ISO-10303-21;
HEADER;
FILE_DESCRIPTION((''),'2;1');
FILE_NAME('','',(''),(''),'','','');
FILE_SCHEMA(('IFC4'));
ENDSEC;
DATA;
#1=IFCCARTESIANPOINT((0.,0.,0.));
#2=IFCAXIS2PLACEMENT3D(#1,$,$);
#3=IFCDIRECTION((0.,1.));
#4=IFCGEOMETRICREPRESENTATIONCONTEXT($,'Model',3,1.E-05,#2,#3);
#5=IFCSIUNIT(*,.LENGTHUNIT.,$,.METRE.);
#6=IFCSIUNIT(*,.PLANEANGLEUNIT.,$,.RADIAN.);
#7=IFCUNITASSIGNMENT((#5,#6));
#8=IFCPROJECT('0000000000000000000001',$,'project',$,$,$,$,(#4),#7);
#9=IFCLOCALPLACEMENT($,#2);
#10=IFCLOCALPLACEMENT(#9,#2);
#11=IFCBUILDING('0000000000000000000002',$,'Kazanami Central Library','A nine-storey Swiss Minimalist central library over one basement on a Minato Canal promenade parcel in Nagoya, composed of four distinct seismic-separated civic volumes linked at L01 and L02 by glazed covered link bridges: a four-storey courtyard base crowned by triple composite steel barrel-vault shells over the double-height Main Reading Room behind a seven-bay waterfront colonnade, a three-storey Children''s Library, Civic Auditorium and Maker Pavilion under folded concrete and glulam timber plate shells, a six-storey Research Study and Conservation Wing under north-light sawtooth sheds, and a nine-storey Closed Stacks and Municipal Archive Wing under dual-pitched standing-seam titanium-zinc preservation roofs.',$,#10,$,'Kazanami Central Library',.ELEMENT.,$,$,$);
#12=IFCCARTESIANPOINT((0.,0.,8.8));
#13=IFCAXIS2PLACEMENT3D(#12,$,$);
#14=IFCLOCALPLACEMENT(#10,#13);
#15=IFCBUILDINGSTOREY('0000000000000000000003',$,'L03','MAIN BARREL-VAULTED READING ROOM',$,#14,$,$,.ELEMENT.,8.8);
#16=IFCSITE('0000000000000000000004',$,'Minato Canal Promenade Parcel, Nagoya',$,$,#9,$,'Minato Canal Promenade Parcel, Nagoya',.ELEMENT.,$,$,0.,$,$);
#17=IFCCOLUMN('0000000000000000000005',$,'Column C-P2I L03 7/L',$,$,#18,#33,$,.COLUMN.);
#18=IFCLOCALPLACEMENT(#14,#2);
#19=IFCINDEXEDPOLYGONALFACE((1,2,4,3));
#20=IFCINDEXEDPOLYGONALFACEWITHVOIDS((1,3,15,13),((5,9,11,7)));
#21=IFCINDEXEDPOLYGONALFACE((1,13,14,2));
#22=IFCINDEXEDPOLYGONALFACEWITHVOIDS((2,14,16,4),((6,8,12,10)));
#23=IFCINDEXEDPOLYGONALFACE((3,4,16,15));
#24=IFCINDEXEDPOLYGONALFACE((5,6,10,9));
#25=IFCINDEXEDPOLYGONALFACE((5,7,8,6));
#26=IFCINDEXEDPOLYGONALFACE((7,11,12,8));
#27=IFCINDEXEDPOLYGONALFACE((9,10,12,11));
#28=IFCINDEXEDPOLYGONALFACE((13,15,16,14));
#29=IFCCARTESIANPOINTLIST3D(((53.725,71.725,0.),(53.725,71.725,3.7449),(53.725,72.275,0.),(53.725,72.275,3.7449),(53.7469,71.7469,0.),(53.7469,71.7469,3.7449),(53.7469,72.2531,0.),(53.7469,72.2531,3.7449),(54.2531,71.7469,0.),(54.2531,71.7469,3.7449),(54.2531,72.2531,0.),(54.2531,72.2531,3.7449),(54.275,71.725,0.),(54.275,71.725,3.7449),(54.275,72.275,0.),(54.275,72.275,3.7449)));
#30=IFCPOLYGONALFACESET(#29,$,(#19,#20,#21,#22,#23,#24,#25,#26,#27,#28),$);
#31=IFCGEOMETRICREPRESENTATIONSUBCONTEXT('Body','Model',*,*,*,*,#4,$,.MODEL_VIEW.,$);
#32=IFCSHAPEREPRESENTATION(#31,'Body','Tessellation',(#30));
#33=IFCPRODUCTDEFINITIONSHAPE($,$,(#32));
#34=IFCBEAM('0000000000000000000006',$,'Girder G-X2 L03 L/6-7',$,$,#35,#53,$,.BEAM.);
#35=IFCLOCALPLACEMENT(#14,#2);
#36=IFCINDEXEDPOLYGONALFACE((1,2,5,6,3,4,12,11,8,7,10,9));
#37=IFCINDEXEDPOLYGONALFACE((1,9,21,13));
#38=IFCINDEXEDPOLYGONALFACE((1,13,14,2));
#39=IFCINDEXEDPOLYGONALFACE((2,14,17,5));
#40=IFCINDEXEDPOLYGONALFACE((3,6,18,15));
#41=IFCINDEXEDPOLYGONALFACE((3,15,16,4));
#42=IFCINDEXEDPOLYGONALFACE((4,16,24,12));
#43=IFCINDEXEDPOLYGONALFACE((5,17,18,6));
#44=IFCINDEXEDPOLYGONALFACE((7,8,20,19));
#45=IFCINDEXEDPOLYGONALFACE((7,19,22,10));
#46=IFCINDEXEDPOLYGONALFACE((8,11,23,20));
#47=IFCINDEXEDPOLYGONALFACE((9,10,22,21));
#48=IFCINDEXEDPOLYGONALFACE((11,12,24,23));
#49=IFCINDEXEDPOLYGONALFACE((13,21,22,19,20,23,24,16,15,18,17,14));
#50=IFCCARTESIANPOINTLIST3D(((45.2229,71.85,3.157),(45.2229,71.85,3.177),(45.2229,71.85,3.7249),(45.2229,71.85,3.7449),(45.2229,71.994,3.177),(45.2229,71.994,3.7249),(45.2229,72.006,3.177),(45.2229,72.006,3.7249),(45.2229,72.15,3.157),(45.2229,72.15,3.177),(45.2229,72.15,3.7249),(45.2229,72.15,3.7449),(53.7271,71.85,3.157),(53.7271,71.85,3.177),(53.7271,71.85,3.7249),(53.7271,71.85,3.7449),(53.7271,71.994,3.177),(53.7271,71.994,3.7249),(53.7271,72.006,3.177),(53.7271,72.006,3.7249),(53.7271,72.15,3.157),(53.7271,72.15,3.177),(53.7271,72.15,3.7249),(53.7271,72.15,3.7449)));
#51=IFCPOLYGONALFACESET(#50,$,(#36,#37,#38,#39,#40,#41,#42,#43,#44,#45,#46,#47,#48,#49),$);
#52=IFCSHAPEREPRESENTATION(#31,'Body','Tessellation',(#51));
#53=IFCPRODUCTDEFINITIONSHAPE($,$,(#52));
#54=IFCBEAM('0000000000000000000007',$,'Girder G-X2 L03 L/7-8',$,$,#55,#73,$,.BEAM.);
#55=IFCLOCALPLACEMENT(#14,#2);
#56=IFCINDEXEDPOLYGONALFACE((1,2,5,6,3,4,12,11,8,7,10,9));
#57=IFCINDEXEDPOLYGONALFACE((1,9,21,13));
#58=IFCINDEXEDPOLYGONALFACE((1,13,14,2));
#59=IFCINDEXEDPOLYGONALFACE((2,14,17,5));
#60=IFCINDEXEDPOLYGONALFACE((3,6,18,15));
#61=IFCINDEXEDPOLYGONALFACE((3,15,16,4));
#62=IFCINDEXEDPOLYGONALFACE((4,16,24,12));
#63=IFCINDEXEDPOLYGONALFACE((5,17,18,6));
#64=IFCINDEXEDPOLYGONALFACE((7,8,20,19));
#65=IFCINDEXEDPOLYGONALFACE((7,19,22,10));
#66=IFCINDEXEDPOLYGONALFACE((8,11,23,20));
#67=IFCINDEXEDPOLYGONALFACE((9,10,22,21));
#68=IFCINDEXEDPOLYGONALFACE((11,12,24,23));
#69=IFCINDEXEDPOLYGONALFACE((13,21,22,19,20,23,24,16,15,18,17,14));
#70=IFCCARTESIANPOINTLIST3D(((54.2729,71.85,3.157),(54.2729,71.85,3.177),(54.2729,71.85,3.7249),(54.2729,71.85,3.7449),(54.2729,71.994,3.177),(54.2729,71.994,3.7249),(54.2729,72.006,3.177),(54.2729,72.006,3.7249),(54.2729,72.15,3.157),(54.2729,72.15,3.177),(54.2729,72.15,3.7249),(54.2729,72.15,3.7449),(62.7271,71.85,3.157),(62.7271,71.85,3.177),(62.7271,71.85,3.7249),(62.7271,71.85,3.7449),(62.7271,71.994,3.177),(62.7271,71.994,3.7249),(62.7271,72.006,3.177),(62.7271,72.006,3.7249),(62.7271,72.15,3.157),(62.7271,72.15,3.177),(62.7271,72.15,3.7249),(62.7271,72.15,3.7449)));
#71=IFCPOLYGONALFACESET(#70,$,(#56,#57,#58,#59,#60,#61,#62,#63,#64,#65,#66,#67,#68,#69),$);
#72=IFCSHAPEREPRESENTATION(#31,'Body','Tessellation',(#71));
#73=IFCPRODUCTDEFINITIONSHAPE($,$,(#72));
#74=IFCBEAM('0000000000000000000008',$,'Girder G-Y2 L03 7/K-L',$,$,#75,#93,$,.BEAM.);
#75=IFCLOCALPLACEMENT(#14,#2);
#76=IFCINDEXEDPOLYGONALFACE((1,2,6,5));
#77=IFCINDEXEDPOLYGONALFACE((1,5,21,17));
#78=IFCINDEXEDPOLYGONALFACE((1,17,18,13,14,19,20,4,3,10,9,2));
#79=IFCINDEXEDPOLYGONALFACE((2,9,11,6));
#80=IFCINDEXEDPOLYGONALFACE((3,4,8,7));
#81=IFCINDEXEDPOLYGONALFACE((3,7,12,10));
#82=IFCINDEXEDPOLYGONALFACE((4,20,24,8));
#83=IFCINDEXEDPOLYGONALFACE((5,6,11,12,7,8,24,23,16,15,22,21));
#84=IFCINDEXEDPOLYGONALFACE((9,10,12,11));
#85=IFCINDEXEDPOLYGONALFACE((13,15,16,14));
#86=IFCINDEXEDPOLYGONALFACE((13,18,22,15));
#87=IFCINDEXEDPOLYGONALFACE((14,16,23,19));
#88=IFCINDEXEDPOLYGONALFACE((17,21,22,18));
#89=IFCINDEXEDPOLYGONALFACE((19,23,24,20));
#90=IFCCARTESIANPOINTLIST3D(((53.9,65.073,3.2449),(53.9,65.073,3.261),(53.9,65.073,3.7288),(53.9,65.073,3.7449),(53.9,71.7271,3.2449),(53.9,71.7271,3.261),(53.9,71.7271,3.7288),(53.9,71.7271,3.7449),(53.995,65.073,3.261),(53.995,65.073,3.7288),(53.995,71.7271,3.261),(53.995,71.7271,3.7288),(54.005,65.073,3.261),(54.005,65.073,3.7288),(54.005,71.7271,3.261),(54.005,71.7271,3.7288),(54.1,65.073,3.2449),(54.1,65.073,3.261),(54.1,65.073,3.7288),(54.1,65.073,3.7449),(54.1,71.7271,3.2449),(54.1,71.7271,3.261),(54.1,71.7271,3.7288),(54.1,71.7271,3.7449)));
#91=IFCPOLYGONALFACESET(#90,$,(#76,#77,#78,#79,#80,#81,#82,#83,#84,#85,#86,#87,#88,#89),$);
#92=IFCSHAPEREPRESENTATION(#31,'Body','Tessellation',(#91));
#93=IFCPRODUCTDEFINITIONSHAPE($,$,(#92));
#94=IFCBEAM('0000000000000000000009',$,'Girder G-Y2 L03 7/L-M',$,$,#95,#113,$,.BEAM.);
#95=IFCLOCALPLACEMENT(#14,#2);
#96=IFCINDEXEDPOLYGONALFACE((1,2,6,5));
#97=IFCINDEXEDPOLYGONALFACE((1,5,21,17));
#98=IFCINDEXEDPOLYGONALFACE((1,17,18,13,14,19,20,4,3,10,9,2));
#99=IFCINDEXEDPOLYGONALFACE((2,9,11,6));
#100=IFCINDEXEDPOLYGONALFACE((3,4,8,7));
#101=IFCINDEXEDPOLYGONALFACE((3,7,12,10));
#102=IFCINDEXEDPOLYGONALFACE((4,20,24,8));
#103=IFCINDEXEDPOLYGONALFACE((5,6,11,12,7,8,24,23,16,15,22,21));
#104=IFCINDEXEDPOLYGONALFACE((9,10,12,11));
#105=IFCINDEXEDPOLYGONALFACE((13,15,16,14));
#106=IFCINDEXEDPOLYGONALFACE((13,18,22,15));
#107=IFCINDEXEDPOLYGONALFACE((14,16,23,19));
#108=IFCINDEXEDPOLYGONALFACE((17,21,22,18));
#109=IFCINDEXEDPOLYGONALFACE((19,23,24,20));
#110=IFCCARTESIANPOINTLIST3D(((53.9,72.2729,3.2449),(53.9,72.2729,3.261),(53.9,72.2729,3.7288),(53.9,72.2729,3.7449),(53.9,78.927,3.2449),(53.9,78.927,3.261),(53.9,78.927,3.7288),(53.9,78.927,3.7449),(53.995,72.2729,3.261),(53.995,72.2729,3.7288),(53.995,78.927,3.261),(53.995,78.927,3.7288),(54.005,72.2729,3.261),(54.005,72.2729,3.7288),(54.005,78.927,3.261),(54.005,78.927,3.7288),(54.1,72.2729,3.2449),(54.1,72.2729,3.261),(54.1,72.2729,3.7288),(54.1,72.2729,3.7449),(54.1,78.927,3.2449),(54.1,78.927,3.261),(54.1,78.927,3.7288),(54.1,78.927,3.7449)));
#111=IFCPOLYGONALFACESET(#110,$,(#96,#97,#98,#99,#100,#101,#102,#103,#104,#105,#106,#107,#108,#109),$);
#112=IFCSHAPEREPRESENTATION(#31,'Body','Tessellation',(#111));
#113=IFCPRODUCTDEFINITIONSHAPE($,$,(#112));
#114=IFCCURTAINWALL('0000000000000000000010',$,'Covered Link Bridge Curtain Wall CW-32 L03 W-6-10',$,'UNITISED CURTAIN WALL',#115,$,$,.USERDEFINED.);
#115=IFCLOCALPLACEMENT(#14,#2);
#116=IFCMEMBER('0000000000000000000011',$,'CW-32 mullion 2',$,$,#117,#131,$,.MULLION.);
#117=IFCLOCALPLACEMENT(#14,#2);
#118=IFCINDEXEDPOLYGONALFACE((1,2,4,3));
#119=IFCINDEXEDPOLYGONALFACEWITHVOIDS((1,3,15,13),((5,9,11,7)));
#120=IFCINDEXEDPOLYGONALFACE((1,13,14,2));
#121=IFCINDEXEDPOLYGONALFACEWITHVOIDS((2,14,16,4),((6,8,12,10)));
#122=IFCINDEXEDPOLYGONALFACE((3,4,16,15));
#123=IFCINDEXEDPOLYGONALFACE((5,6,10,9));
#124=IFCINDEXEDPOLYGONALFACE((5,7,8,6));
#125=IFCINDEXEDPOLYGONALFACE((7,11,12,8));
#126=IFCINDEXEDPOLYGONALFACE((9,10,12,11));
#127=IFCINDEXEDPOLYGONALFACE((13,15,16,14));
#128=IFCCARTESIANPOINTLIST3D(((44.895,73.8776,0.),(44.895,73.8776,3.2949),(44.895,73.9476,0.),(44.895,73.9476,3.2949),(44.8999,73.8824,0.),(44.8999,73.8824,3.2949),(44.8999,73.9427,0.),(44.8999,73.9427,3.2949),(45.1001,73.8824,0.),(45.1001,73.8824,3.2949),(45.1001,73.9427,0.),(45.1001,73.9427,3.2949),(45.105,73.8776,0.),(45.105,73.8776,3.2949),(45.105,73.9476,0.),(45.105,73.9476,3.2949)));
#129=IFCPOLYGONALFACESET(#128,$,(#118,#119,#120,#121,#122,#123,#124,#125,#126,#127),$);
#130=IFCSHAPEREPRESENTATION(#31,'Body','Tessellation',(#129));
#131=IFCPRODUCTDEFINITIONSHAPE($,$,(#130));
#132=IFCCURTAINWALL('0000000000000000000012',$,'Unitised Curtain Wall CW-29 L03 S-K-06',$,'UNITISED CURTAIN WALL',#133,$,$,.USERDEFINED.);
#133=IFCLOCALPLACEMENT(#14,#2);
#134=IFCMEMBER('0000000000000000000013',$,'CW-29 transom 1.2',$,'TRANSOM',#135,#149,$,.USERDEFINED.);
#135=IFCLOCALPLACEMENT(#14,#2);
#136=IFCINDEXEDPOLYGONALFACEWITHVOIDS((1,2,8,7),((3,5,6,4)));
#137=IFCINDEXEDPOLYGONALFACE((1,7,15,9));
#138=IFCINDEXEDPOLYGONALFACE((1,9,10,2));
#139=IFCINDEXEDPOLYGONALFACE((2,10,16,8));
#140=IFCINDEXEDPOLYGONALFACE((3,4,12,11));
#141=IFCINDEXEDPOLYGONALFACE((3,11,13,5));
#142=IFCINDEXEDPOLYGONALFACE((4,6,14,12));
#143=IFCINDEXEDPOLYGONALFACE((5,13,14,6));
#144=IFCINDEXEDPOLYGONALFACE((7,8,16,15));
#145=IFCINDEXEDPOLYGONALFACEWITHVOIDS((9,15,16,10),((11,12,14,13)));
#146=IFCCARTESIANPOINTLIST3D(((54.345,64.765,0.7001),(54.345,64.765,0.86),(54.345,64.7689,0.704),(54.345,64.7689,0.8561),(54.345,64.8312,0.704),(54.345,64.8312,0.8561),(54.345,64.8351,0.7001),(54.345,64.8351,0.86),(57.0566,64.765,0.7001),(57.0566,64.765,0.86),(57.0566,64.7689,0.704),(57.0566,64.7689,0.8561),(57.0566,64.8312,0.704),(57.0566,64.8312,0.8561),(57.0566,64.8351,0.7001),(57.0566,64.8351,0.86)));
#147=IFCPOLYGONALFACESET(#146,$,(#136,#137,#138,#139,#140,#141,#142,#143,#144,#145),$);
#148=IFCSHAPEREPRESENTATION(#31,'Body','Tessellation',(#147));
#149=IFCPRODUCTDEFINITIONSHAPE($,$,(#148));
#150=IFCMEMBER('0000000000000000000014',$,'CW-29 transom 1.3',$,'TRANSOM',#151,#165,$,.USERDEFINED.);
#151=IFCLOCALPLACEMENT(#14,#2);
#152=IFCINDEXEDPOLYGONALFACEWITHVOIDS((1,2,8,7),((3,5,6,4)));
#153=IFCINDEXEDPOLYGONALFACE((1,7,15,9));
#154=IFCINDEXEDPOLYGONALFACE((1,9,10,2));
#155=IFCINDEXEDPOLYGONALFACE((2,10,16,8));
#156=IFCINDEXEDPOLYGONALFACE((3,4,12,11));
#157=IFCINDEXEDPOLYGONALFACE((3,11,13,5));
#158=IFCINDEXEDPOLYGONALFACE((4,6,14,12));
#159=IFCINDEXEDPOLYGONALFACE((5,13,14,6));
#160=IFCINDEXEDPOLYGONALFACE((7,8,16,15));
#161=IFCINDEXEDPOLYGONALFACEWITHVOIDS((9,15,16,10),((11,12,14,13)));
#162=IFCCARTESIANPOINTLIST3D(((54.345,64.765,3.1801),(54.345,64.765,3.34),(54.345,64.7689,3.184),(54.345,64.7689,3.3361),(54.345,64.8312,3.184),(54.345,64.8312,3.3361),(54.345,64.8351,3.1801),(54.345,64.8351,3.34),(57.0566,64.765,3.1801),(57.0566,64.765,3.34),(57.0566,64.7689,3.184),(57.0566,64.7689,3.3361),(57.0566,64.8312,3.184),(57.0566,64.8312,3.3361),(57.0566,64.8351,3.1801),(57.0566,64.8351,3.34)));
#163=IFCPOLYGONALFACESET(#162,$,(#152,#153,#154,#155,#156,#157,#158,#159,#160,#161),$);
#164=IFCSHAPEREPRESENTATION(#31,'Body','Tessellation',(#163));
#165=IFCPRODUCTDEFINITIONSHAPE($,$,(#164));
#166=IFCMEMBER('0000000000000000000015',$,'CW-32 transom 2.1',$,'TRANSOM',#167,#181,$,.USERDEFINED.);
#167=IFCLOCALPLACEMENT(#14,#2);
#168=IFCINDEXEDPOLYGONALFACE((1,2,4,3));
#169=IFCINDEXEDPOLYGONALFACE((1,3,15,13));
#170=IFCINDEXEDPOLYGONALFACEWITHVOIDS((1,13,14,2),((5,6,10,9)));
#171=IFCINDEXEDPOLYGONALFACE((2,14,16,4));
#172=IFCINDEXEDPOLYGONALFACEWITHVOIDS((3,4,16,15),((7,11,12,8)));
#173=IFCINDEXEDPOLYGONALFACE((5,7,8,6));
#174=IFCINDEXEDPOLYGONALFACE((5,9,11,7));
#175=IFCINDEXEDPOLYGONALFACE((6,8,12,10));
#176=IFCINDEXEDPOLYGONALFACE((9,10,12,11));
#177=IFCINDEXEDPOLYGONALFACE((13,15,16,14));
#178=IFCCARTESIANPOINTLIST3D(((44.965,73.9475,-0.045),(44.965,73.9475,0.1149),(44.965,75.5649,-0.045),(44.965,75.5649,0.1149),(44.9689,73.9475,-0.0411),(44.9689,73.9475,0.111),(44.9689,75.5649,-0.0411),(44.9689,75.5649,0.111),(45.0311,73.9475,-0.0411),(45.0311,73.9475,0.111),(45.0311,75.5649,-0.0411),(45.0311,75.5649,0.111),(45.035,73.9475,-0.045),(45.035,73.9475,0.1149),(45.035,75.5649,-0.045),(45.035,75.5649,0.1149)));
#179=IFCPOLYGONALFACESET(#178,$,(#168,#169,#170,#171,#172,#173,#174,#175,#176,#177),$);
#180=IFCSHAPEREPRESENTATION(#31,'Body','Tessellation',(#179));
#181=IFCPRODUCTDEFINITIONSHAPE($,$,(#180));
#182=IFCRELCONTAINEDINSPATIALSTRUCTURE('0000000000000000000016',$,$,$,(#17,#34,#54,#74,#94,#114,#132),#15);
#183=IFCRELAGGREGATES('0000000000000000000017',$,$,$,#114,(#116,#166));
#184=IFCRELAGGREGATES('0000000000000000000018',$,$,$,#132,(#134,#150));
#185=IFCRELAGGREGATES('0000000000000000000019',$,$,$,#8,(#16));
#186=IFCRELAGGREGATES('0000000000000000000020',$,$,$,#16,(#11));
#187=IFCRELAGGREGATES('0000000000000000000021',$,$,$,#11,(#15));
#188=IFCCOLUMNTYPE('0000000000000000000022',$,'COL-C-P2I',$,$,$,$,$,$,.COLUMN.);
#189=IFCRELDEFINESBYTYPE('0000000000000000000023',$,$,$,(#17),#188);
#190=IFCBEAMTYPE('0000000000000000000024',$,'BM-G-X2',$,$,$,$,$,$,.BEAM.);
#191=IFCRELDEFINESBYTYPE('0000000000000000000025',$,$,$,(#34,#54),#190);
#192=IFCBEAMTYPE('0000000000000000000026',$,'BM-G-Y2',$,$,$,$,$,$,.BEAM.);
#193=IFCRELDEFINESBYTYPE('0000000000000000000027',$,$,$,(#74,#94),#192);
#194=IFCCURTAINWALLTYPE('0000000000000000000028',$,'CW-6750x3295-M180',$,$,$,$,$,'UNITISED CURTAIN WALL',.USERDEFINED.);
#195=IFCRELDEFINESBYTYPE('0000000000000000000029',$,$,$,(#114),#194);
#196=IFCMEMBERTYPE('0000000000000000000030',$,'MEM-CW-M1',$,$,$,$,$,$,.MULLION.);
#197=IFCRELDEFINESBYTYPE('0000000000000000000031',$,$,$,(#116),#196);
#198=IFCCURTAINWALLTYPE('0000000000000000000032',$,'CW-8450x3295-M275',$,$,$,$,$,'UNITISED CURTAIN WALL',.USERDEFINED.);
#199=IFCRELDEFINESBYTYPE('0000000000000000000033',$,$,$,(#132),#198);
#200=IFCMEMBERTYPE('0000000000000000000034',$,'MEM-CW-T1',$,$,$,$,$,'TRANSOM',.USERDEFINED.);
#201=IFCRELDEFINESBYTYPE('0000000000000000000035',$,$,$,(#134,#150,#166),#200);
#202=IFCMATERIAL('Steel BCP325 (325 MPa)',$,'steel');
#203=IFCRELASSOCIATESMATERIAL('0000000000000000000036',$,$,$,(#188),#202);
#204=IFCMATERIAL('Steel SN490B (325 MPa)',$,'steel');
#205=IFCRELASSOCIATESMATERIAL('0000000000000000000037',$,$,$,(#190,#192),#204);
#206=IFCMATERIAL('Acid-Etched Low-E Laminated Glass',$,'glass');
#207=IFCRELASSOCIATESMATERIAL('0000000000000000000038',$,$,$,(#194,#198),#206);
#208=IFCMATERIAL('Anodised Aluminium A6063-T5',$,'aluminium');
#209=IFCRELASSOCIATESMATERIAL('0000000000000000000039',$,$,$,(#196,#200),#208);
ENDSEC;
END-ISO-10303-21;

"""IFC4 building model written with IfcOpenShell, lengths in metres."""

from ifc_helpers import new_model, si_unit, direction, frame, origin, origin_2d, place, context, subcontext, project, spatial, hollow_rectangle, i_section, extrude, material, material_profile, profile_set, type_object, element, aggregate, save


model = new_model("IFC4")

# Units and contexts
model_context = context("Model", 3, precision=1e-05, world=origin(), true_north=direction((0.0, 1.0)))
body_context = subcontext(model_context, "Body", "Model", "MODEL_VIEW")
ifc_project = project(units=[si_unit("LENGTHUNIT", "METRE"), si_unit("PLANEANGLEUNIT", "RADIAN")], contexts=[model_context])

# Site, building, storey
site_placement = place(None, origin())
site = spatial("IfcSite", under=ifc_project, at=site_placement, Name="Minato Canal Promenade Parcel, Nagoya", LongName="Minato Canal Promenade Parcel, Nagoya", CompositionType="ELEMENT", RefElevation=0.0)
building_placement = place(site_placement, origin())
building = spatial("IfcBuilding", under=site, at=building_placement, Name="Kazanami Central Library", Description="A nine-storey Swiss Minimalist central library over one basement on a Minato Canal promenade parcel in Nagoya, composed of four distinct seismic-separated civic volumes linked at L01 and L02 by glazed covered link bridges: a four-storey courtyard base crowned by triple composite steel barrel-vault shells over the double-height Main Reading Room behind a seven-bay waterfront colonnade, a three-storey Children's Library, Civic Auditorium and Maker Pavilion under folded concrete and glulam timber plate shells, a six-storey Research Study and Conservation Wing under north-light sawtooth sheds, and a nine-storey Closed Stacks and Municipal Archive Wing under dual-pitched standing-seam titanium-zinc preservation roofs.", LongName="Kazanami Central Library", CompositionType="ELEMENT")
storey_placement = place(building_placement, frame((0.0, 0.0, 8.8)))
storey = spatial("IfcBuildingStorey", under=building, at=storey_placement, Name="L03", Description="MAIN BARREL-VAULTED READING ROOM", CompositionType="ELEMENT", Elevation=8.8)

# Column
ifc_material_1 = material(Name="Steel BCP325 (325 MPa)", Category="steel")
ifc_material_profile_1 = material_profile(ifc_material_1, hollow_rectangle(XDim=0.55, YDim=0.55, WallThickness=0.022, at=origin_2d()), Name="BCP-550x550x22")
ifc_profile_set_1 = profile_set([ifc_material_profile_1], Name="Steel BCP325 (325 MPa)")
column_type = type_object("IfcColumnType", Name="COL-C-P2I", PredefinedType="COLUMN", material=ifc_profile_set_1)
column_placement = place(storey_placement, frame((54.0, 72.0, 0.0), z_axis=(0.0, 0.0, 1.0), x_axis=(1.0, 0.0, 0.0)))
element("IfcColumn", 1, at=column_placement, inside=storey, type_object=column_type, Name="Column C-P2I L03 7/L", PredefinedType="COLUMN", context=body_context, shape_type="SweptSolid", body=[
    extrude(hollow_rectangle(XDim=0.55, YDim=0.55, WallThickness=0.022, at=origin_2d()), origin(), (0.0, 0.0, 1.0), 3.7449),
])

# Beams
ifc_material_2 = material(Name="Steel SN490B (325 MPa)", Category="steel")
ifc_material_profile_2 = material_profile(ifc_material_2, i_section(OverallWidth=0.3, OverallDepth=0.5879, WebThickness=0.012, FlangeThickness=0.02, at=origin_2d()), Name="H-588x300x12x20")
ifc_profile_set_2 = profile_set([ifc_material_profile_2], Name="Steel SN490B (325 MPa)")
beam_type_1 = type_object("IfcBeamType", Name="BM-G-X2", PredefinedType="BEAM", material=ifc_profile_set_2)
beam_1_placement = place(storey_placement, frame((45.2229, 72.0, 3.4509), z_axis=(1.0, 0.0, 0.0), x_axis=(0.0, 1.0, 0.0)))
element("IfcBeam", 2, at=beam_1_placement, inside=storey, type_object=beam_type_1, Name="Girder G-X2 L03 L/6-7", PredefinedType="BEAM", context=body_context, shape_type="SweptSolid", body=[
    extrude(i_section(OverallWidth=0.3, OverallDepth=0.5879, WebThickness=0.012, FlangeThickness=0.02, at=origin_2d()), origin(), (0.0, 0.0, 1.0), 8.5042),
])
beam_2_placement = place(storey_placement, frame((54.2729, 72.0, 3.4509), z_axis=(1.0, 0.0, 0.0), x_axis=(0.0, 1.0, 0.0)))
element("IfcBeam", 3, at=beam_2_placement, inside=storey, type_object=beam_type_1, Name="Girder G-X2 L03 L/7-8", PredefinedType="BEAM", context=body_context, shape_type="SweptSolid", body=[
    extrude(i_section(OverallWidth=0.3, OverallDepth=0.5879, WebThickness=0.012, FlangeThickness=0.02, at=origin_2d()), origin(), (0.0, 0.0, 1.0), 8.4541),
])
ifc_material_profile_3 = material_profile(ifc_material_2, i_section(OverallWidth=0.2, OverallDepth=0.5, WebThickness=0.01, FlangeThickness=0.0161, at=origin_2d()), Name="H-500x200x10x16")
ifc_profile_set_3 = profile_set([ifc_material_profile_3], Name="Steel SN490B (325 MPa)")
beam_type_2 = type_object("IfcBeamType", Name="BM-G-Y2", PredefinedType="BEAM", material=ifc_profile_set_3)
for number, where, z_axis, x_axis, name in (
    (4, (54.0, 65.073, 3.4949), (0.0, 1.0, 0.0), (-1.0, 0.0, 0.0), "Girder G-Y2 L03 7/K-L"),
    (5, (54.0, 72.2729, 3.4949), (0.0, 1.0, 0.0), (-1.0, 0.0, 0.0), "Girder G-Y2 L03 7/L-M"),
):
    element("IfcBeam", number, at=place(storey_placement, frame(where, z_axis=z_axis, x_axis=x_axis)), inside=storey, type_object=beam_type_2, Name=name, PredefinedType="BEAM", context=body_context, shape_type="SweptSolid", body=[
        extrude(i_section(OverallWidth=0.2, OverallDepth=0.5, WebThickness=0.01, FlangeThickness=0.0161, at=origin_2d()), origin(), (0.0, 0.0, 1.0), 6.6541),
    ])

# Curtain wall, member
ifc_material_3 = material(Name="Acid-Etched Low-E Laminated Glass", Category="glass")
curtain_wall_type_1 = type_object("IfcCurtainWallType", Name="CW-6750x3295-M180", ElementType="UNITISED CURTAIN WALL", PredefinedType="USERDEFINED", material=ifc_material_3)
curtain_wall_1_placement = place(storey_placement, origin())
curtain_wall_1 = element("IfcCurtainWall", 6, at=curtain_wall_1_placement, inside=storey, type_object=curtain_wall_type_1, Name="Covered Link Bridge Curtain Wall CW-32 L03 W-6-10", ObjectType="UNITISED CURTAIN WALL", PredefinedType="USERDEFINED")
ifc_material_4 = material(Name="Anodised Aluminium A6063-T5", Category="aluminium")
ifc_material_profile_4 = material_profile(ifc_material_4, hollow_rectangle(XDim=0.0701, YDim=0.21, WallThickness=0.0049, at=origin_2d()), Name="ALU-MULL-70x210x5")
ifc_profile_set_4 = profile_set([ifc_material_profile_4], Name="Anodised Aluminium A6063-T5")
member_type_1 = type_object("IfcMemberType", Name="MEM-CW-M1", PredefinedType="MULLION", material=ifc_profile_set_4)
member_1_placement = place(storey_placement, frame((45.0, 73.9126, 0.0), z_axis=(0.0, 0.0, 1.0), x_axis=(0.0, 1.0, 0.0)))
member_1 = element("IfcMember", 7, at=member_1_placement, type_object=member_type_1, Name="CW-32 mullion 2", PredefinedType="MULLION", context=body_context, shape_type="SweptSolid", body=[
    extrude(hollow_rectangle(XDim=0.0701, YDim=0.21, WallThickness=0.0049, at=origin_2d()), origin(), (0.0, 0.0, 1.0), 3.2949),
])

# Curtain wall, members
curtain_wall_type_2 = type_object("IfcCurtainWallType", Name="CW-8450x3295-M275", ElementType="UNITISED CURTAIN WALL", PredefinedType="USERDEFINED", material=ifc_material_3)
curtain_wall_2_placement = place(storey_placement, origin())
curtain_wall_2 = element("IfcCurtainWall", 8, at=curtain_wall_2_placement, inside=storey, type_object=curtain_wall_type_2, Name="Unitised Curtain Wall CW-29 L03 S-K-06", ObjectType="UNITISED CURTAIN WALL", PredefinedType="USERDEFINED")
ifc_material_profile_5 = material_profile(ifc_material_4, hollow_rectangle(XDim=0.0701, YDim=0.1599, WallThickness=0.0039, at=origin_2d()), Name="ALU-TRAN-70x160x4")
ifc_profile_set_5 = profile_set([ifc_material_profile_5], Name="Anodised Aluminium A6063-T5")
member_type_2 = type_object("IfcMemberType", Name="MEM-CW-T1", ElementType="TRANSOM", PredefinedType="USERDEFINED", material=ifc_profile_set_5)
member_2_placement = place(storey_placement, frame((54.345, 64.8, 0.78), z_axis=(1.0, 0.0, 0.0), x_axis=(0.0, 1.0, 0.0)))
member_2 = element("IfcMember", 9, at=member_2_placement, type_object=member_type_2, Name="CW-29 transom 1.2", ObjectType="TRANSOM", PredefinedType="USERDEFINED", context=body_context, shape_type="SweptSolid", body=[
    extrude(hollow_rectangle(XDim=0.0701, YDim=0.1599, WallThickness=0.0039, at=origin_2d()), origin(), (0.0, 0.0, 1.0), 2.7117),
])
member_3_placement = place(storey_placement, frame((54.345, 64.8, 3.26), z_axis=(1.0, 0.0, 0.0), x_axis=(0.0, 1.0, 0.0)))
member_3 = element("IfcMember", 10, at=member_3_placement, type_object=member_type_2, Name="CW-29 transom 1.3", ObjectType="TRANSOM", PredefinedType="USERDEFINED", context=body_context, shape_type="SweptSolid", body=[
    extrude(hollow_rectangle(XDim=0.0701, YDim=0.1599, WallThickness=0.0039, at=origin_2d()), origin(), (0.0, 0.0, 1.0), 2.7117),
])

# Member
member_4_placement = place(storey_placement, frame((45.0, 73.9475, 0.0349), z_axis=(0.0, 1.0, 0.0), x_axis=(-1.0, 0.0, 0.0)))
member_4 = element("IfcMember", 11, at=member_4_placement, type_object=member_type_2, Name="CW-32 transom 2.1", ObjectType="TRANSOM", PredefinedType="USERDEFINED", context=body_context, shape_type="SweptSolid", body=[
    extrude(hollow_rectangle(XDim=0.0701, YDim=0.1599, WallThickness=0.0039, at=origin_2d()), origin(), (0.0, 0.0, 1.0), 1.6174),
])

aggregate(curtain_wall_1, [member_1, member_4])
aggregate(curtain_wall_2, [member_2, member_3])

save(model, "model.ifc")
